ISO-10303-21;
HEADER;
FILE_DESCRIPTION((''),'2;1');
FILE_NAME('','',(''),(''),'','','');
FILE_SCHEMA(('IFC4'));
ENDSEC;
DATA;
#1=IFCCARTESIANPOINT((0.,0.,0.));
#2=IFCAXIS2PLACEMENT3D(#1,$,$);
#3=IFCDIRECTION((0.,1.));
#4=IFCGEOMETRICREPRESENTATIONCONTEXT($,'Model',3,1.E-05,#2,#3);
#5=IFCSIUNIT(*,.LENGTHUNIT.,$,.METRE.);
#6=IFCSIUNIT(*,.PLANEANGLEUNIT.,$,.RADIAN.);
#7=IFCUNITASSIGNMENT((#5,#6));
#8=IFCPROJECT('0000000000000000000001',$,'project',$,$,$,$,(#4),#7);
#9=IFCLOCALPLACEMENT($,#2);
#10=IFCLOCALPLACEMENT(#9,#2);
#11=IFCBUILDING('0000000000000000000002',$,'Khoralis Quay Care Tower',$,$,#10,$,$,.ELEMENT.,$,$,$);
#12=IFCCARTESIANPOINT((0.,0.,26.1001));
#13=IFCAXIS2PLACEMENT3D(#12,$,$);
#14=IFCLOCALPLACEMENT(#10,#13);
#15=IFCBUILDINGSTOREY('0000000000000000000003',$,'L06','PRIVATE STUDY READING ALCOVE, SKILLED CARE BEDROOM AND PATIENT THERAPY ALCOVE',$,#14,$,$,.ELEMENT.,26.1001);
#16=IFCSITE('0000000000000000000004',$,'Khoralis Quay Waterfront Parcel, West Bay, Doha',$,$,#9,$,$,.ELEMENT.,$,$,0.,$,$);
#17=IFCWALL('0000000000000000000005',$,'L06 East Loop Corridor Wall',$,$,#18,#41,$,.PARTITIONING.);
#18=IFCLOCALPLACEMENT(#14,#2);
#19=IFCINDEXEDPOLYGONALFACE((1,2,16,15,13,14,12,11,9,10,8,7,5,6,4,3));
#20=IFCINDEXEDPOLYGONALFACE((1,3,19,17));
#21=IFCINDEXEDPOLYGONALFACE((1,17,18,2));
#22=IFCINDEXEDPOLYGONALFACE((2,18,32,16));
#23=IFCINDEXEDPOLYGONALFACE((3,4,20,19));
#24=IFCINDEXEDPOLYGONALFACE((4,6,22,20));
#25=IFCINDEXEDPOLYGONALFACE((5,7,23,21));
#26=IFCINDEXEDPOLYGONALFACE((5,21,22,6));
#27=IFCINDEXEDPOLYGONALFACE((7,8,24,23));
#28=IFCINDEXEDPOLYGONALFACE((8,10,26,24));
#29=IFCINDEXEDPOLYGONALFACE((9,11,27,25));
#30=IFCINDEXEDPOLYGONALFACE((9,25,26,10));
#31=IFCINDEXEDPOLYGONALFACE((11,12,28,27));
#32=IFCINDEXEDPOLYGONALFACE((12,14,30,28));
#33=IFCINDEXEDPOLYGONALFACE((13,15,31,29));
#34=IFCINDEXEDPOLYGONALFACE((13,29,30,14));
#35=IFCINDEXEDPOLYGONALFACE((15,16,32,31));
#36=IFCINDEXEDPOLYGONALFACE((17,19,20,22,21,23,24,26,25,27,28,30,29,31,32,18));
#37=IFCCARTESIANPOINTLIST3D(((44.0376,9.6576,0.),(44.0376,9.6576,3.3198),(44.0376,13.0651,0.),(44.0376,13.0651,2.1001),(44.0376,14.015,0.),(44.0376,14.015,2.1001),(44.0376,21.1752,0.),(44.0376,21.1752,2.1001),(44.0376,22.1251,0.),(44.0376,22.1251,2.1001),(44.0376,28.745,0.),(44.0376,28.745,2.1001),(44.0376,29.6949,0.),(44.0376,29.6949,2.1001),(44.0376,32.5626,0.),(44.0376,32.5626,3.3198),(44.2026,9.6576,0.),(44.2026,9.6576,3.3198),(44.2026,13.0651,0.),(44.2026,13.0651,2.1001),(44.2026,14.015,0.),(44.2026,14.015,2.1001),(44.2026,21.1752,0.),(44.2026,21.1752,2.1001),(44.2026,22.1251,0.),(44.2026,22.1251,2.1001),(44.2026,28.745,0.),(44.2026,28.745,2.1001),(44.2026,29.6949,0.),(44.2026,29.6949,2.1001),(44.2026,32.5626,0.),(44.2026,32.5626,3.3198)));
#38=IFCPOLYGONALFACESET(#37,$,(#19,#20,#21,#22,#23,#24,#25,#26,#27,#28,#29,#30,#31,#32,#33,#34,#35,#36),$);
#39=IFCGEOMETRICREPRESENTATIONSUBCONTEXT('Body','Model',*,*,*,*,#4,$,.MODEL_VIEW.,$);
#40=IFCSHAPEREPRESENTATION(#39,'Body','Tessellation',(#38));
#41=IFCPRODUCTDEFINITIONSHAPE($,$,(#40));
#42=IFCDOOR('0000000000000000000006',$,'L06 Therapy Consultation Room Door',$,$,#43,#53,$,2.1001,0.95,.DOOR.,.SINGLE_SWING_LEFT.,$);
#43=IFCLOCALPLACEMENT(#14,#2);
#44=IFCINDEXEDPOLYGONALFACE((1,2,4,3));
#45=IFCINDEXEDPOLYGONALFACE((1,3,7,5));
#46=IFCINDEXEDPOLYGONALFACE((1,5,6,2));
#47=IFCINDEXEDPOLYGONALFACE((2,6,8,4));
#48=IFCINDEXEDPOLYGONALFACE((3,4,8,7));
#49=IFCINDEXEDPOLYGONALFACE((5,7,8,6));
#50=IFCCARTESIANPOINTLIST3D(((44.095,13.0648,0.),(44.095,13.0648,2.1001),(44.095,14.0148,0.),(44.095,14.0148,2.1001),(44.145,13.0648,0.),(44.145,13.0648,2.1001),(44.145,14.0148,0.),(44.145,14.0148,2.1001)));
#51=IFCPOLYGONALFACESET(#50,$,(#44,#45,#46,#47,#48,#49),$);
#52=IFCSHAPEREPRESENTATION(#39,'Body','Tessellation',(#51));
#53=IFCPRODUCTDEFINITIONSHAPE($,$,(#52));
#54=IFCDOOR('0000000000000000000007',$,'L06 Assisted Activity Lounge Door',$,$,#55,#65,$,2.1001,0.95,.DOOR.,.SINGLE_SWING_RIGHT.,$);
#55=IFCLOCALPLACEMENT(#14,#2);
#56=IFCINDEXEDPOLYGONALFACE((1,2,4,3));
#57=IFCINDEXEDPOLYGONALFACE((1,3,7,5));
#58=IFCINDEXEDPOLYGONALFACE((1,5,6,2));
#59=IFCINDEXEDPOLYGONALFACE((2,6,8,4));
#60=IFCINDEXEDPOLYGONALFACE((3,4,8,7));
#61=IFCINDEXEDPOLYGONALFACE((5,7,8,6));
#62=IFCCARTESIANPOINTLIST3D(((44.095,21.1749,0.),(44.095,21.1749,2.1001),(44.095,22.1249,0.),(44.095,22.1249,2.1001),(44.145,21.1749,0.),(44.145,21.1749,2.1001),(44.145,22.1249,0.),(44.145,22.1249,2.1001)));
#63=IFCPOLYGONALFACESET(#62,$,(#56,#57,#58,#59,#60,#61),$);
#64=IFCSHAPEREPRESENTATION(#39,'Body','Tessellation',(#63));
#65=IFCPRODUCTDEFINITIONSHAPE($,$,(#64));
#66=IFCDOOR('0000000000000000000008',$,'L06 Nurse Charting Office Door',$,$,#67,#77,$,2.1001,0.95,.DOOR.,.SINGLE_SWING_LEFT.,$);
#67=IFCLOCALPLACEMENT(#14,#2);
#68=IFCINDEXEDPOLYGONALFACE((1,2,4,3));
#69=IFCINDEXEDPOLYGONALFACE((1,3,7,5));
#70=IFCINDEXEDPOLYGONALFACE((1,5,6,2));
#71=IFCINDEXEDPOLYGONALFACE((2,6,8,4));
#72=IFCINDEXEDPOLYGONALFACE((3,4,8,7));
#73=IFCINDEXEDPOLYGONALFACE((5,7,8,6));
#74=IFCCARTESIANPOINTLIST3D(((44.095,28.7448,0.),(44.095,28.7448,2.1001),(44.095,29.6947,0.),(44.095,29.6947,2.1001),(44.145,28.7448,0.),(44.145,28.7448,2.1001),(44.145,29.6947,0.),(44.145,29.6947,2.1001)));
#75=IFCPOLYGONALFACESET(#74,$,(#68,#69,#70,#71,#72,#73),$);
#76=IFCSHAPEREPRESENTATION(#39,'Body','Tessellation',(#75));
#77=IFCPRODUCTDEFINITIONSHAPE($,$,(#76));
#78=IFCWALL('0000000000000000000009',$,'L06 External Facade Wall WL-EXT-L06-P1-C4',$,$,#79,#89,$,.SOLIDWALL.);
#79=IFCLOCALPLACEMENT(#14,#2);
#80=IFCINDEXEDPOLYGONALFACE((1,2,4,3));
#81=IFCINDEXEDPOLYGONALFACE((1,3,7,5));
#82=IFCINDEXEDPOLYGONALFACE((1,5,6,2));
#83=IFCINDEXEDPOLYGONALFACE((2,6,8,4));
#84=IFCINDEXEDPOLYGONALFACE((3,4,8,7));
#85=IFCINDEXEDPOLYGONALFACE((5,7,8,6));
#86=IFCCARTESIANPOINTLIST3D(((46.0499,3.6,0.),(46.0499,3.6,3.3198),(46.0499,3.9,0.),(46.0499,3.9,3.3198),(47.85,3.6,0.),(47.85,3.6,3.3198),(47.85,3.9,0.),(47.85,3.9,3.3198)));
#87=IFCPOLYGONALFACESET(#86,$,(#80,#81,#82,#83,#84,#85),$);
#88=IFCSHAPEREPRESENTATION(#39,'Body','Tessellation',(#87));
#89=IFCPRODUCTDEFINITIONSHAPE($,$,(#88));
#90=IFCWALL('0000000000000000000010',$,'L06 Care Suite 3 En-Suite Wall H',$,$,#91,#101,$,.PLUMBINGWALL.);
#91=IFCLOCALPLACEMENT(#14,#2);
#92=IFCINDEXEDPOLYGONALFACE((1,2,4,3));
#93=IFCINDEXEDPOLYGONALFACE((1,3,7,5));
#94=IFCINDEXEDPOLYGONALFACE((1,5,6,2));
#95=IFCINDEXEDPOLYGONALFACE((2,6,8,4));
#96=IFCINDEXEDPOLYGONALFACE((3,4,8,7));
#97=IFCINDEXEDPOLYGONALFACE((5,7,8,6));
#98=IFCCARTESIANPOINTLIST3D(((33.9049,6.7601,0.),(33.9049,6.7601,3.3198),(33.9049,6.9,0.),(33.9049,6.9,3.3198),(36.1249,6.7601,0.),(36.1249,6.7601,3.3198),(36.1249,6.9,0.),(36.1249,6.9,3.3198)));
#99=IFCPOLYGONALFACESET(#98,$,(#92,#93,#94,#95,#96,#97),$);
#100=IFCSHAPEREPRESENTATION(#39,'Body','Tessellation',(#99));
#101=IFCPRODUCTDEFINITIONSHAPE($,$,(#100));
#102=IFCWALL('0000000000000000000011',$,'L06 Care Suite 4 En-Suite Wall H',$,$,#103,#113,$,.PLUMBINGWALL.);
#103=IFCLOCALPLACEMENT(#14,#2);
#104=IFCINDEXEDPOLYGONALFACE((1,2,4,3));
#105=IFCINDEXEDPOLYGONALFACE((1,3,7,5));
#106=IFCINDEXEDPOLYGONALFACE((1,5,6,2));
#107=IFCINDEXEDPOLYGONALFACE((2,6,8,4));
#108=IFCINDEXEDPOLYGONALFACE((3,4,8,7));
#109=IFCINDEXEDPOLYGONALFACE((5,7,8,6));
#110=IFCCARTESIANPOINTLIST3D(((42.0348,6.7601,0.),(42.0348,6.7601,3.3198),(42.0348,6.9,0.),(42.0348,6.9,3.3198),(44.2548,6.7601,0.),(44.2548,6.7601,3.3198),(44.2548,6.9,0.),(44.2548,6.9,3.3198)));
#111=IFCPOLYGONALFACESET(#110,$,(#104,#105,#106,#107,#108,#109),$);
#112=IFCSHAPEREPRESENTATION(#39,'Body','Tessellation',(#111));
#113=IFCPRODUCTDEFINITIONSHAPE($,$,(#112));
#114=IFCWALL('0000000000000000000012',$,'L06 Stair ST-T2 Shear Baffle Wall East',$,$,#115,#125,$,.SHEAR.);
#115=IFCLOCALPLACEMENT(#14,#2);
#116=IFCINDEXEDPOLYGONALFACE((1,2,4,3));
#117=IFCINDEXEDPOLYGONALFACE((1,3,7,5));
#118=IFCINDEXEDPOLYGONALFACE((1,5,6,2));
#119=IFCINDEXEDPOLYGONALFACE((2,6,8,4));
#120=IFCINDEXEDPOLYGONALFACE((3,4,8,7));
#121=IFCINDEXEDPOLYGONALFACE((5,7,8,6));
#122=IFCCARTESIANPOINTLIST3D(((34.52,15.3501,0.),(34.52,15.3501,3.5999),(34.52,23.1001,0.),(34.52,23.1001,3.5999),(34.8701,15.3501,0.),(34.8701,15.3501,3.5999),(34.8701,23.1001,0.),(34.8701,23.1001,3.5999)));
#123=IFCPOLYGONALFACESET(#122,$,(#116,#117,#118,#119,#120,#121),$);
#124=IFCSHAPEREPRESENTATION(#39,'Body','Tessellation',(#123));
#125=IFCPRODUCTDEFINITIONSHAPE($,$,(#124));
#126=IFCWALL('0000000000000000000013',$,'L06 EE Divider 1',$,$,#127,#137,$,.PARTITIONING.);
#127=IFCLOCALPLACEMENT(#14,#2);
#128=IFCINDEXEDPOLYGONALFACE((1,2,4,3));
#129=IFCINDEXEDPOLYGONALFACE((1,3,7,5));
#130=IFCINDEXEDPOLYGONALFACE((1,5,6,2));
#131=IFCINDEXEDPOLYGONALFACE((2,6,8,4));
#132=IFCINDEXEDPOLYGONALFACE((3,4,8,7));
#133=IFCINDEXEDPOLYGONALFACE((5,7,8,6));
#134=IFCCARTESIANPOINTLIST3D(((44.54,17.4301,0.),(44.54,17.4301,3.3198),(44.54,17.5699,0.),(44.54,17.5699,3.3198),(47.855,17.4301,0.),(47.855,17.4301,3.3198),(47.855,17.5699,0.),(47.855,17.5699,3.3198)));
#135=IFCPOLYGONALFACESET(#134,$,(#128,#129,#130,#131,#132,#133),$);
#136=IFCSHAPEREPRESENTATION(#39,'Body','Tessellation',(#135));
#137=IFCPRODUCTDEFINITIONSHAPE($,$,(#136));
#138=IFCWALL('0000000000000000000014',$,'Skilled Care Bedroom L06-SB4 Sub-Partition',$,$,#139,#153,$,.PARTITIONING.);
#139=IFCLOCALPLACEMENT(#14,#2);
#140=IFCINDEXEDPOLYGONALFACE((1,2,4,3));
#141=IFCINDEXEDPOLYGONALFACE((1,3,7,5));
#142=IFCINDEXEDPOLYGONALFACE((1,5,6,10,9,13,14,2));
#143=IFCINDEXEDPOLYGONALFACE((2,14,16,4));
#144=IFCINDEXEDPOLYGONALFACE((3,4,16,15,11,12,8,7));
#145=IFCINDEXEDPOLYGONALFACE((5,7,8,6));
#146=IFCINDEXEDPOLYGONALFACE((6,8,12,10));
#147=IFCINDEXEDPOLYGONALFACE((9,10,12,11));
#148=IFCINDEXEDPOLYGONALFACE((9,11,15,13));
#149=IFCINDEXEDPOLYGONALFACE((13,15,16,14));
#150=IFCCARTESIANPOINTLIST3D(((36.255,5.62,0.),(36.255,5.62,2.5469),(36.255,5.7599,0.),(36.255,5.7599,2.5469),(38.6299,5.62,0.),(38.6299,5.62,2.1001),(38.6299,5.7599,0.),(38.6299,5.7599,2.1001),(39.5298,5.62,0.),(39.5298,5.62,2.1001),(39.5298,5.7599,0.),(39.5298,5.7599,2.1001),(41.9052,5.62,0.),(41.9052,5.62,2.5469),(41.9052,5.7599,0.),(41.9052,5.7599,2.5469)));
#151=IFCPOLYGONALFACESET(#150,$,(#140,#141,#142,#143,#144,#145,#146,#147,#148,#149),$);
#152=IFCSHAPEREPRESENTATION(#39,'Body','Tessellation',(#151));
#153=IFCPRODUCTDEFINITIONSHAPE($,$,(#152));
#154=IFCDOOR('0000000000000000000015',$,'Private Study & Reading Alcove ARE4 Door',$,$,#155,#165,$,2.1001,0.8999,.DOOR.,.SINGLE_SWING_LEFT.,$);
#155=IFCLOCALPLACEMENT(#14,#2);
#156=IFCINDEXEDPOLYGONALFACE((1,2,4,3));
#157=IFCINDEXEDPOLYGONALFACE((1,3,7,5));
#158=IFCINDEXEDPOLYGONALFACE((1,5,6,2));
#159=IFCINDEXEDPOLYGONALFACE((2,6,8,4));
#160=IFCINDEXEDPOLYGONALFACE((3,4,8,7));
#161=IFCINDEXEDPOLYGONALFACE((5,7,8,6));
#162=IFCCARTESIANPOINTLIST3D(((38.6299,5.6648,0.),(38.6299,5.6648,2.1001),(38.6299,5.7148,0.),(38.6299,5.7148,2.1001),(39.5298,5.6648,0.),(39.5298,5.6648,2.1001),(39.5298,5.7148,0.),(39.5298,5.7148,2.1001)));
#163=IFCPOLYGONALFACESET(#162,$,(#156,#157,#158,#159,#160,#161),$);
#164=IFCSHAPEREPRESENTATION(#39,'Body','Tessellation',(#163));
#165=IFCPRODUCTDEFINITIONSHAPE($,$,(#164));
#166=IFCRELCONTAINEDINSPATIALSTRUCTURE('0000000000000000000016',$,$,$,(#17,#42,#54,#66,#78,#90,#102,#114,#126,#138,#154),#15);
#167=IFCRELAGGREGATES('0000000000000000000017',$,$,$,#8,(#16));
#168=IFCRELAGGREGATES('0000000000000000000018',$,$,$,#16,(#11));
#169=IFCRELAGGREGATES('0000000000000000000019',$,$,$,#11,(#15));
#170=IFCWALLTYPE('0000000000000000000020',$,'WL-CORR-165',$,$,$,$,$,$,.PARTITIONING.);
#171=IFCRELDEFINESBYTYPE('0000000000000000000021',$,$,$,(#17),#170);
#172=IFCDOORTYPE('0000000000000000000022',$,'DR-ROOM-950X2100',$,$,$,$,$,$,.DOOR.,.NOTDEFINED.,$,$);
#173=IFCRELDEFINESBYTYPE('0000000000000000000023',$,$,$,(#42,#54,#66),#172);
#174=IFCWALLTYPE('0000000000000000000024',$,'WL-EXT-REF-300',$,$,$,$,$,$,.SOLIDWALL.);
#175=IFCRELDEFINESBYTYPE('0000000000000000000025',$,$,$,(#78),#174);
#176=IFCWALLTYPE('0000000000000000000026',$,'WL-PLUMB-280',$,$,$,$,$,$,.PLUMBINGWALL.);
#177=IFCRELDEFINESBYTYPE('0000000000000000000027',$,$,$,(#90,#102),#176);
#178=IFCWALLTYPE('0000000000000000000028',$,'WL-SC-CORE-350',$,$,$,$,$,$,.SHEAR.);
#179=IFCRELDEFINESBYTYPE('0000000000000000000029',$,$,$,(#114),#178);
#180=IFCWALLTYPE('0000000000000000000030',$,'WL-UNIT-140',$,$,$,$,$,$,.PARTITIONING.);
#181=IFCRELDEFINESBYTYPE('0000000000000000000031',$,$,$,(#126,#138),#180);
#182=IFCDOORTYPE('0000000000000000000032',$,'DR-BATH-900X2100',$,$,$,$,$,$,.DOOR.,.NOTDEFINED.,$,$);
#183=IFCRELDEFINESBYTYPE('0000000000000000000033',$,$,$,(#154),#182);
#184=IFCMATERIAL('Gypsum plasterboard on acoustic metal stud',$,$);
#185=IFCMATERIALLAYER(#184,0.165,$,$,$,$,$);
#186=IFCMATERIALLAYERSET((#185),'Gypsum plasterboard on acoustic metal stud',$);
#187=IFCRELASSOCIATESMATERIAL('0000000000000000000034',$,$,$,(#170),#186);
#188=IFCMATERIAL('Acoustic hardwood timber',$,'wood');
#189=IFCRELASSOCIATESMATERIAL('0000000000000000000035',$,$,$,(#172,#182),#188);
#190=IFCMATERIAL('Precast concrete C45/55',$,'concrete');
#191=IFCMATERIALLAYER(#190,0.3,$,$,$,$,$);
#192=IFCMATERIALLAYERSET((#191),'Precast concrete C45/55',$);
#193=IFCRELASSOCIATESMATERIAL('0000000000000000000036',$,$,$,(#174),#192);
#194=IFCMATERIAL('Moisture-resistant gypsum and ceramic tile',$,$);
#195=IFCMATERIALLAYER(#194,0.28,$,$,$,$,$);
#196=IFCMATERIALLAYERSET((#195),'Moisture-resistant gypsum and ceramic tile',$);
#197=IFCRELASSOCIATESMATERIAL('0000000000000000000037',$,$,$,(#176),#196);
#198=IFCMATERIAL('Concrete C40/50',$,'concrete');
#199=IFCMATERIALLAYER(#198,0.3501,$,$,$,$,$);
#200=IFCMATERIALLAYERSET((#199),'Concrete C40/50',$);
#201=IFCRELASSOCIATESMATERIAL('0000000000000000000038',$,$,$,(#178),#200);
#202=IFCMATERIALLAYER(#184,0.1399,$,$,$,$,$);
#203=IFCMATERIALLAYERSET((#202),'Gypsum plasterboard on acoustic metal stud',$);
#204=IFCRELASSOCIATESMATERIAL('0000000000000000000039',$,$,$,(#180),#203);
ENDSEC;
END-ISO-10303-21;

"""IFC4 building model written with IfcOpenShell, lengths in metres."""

from ifc_helpers import new_model, si_unit, direction, frame, frame_2d, origin, place, context, subcontext, project, spatial, rectangle, extrude, source, transform, mapped, material, layer, layer_set, type_object, element, fill, save


model = new_model("IFC4")

# Units and contexts
model_context = context("Model", 3, precision=1e-05, world=origin(), true_north=direction((0.0, 1.0)))
body_context = subcontext(model_context, "Body", "Model", "MODEL_VIEW")
ifc_project = project(units=[si_unit("LENGTHUNIT", "METRE"), si_unit("PLANEANGLEUNIT", "RADIAN")], contexts=[model_context])

# Site, building, storey
site_placement = place(None, origin())
site = spatial("IfcSite", under=ifc_project, at=site_placement, Name="Khoralis Quay Waterfront Parcel, West Bay, Doha", CompositionType="ELEMENT", RefElevation=0.0)
building_placement = place(site_placement, origin())
building = spatial("IfcBuilding", under=site, at=building_placement, Name="Khoralis Quay Care Tower", CompositionType="ELEMENT")
storey_placement = place(building_placement, frame((0.0, 0.0, 26.1001)))
storey = spatial("IfcBuildingStorey", under=building, at=storey_placement, Name="L06", Description="PRIVATE STUDY READING ALCOVE, SKILLED CARE BEDROOM AND PATIENT THERAPY ALCOVE", CompositionType="ELEMENT", Elevation=26.1001)

# Shared definitions
ifc_material_1 = material(Name="Gypsum plasterboard on acoustic metal stud")

# Wall, openings, doors
ifc_layer_1 = layer(ifc_material_1, 0.165)
ifc_layer_set_1 = layer_set([ifc_layer_1], Name="Gypsum plasterboard on acoustic metal stud")
wall_type_1 = type_object("IfcWallType", Name="WL-CORR-165", PredefinedType="PARTITIONING", material=ifc_layer_set_1)
wall_1_placement = place(storey_placement, frame((44.1201, 9.6575, 0.0), z_axis=(0.0, 0.0, 1.0), x_axis=(0.0, 1.0, 0.0)))
wall_1 = element("IfcWall", 1, at=wall_1_placement, inside=storey, type_object=wall_type_1, Name="L06 East Loop Corridor Wall", PredefinedType="PARTITIONING", context=body_context, shape_type="SweptSolid", body=[
    extrude(rectangle(XDim=22.905, YDim=0.165, at=frame_2d((11.4526, 0.0))), origin(), (0.0, 0.0, 1.0), 3.3198),
])
opening_1_placement = place(wall_1_placement, frame((3.4075, 0.0, 0.0)))
opening_1 = element("IfcOpeningElement", 2, at=opening_1_placement, cuts=wall_1, PredefinedType="OPENING", context=body_context, shape_type="SweptSolid", body=[
    extrude(rectangle(XDim=0.95, YDim=2.1001, at=frame_2d((0.4751, 1.05))), frame((0.0, 0.0925, 0.0), z_axis=(0.0, -1.0, 0.0), x_axis=(1.0, 0.0, 0.0)), (0.0, 0.0, 1.0), 0.1851),
])
opening_2_placement = place(wall_1_placement, frame((11.5176, 0.0, 0.0)))
opening_2 = element("IfcOpeningElement", 3, at=opening_2_placement, cuts=wall_1, PredefinedType="OPENING", context=body_context, shape_type="SweptSolid", body=[
    extrude(rectangle(XDim=0.95, YDim=2.1001, at=frame_2d((0.4751, 1.05))), frame((0.0, 0.0925, 0.0), z_axis=(0.0, -1.0, 0.0), x_axis=(1.0, 0.0, 0.0)), (0.0, 0.0, 1.0), 0.1851),
])
opening_3_placement = place(wall_1_placement, frame((19.0874, 0.0, 0.0)))
opening_3 = element("IfcOpeningElement", 4, at=opening_3_placement, cuts=wall_1, PredefinedType="OPENING", context=body_context, shape_type="SweptSolid", body=[
    extrude(rectangle(XDim=0.95, YDim=2.1001, at=frame_2d((0.4751, 1.05))), frame((0.0, 0.0925, 0.0), z_axis=(0.0, -1.0, 0.0), x_axis=(1.0, 0.0, 0.0)), (0.0, 0.0, 1.0), 0.1851),
])
ifc_material_2 = material(Name="Acoustic hardwood timber", Category="wood")
door_type_1 = type_object("IfcDoorType", Name="DR-ROOM-950X2100", OperationType="NOTDEFINED", PredefinedType="DOOR", material=ifc_material_2)
shared_shape_1 = source(origin(), body_context, "Body", "SweptSolid", [
    extrude(rectangle(XDim=0.95, YDim=2.1001, at=frame_2d((0.4751, 1.05))), frame((0.0, 0.0249, 0.0), z_axis=(0.0, -1.0, 0.0), x_axis=(1.0, 0.0, 0.0)), (0.0, 0.0, 1.0), 0.05),
])
door_1_placement = place(opening_1_placement, frame((0.95, 0.0, 0.0), z_axis=(0.0, 0.0, 1.0), x_axis=(-1.0, 0.0, 0.0)))
door_1 = element("IfcDoor", 5, at=door_1_placement, inside=storey, type_object=door_type_1, Name="L06 Therapy Consultation Room Door", OperationType="SINGLE_SWING_LEFT", OverallHeight=2.1001, OverallWidth=0.95, PredefinedType="DOOR", context=body_context, shape_type="MappedRepresentation", body=[
    mapped(shared_shape_1, transform((0.0, 0.0, 0.0), scale=1.0)),
])
fill(opening_1, door_1)
door_2_placement = place(opening_2_placement, frame((0.95, 0.0, 0.0), z_axis=(0.0, 0.0, 1.0), x_axis=(-1.0, 0.0, 0.0)))
door_2 = element("IfcDoor", 6, at=door_2_placement, inside=storey, type_object=door_type_1, Name="L06 Assisted Activity Lounge Door", OperationType="SINGLE_SWING_RIGHT", OverallHeight=2.1001, OverallWidth=0.95, PredefinedType="DOOR", context=body_context, shape_type="MappedRepresentation", body=[
    mapped(shared_shape_1, transform((0.0, 0.0, 0.0), scale=1.0)),
])
fill(opening_2, door_2)
door_3_placement = place(opening_3_placement, frame((0.95, 0.0, 0.0), z_axis=(0.0, 0.0, 1.0), x_axis=(-1.0, 0.0, 0.0)))
door_3 = element("IfcDoor", 7, at=door_3_placement, inside=storey, type_object=door_type_1, Name="L06 Nurse Charting Office Door", OperationType="SINGLE_SWING_LEFT", OverallHeight=2.1001, OverallWidth=0.95, PredefinedType="DOOR", context=body_context, shape_type="MappedRepresentation", body=[
    mapped(shared_shape_1, transform((0.0, 0.0, 0.0), scale=1.0)),
])
fill(opening_3, door_3)

# Walls
ifc_material_3 = material(Name="Precast concrete C45/55", Category="concrete")
ifc_layer_2 = layer(ifc_material_3, 0.3)
ifc_layer_set_2 = layer_set([ifc_layer_2], Name="Precast concrete C45/55")
wall_type_2 = type_object("IfcWallType", Name="WL-EXT-REF-300", PredefinedType="SOLIDWALL", material=ifc_layer_set_2)
wall_2_placement = place(storey_placement, frame((46.05, 3.75, 0.0), z_axis=(0.0, 0.0, 1.0), x_axis=(1.0, 0.0, 0.0)))
element("IfcWall", 8, at=wall_2_placement, inside=storey, type_object=wall_type_2, Name="L06 External Facade Wall WL-EXT-L06-P1-C4", PredefinedType="SOLIDWALL", context=body_context, shape_type="SweptSolid", body=[
    extrude(rectangle(XDim=1.8, YDim=0.3, at=frame_2d((0.8999, 0.0))), origin(), (0.0, 0.0, 1.0), 3.3198),
])
ifc_material_4 = material(Name="Moisture-resistant gypsum and ceramic tile")
ifc_layer_3 = layer(ifc_material_4, 0.28)
ifc_layer_set_3 = layer_set([ifc_layer_3], Name="Moisture-resistant gypsum and ceramic tile")
wall_type_3 = type_object("IfcWallType", Name="WL-PLUMB-280", PredefinedType="PLUMBINGWALL", material=ifc_layer_set_3)
for number, where, z_axis, x_axis, name in (
    (9, (33.905, 6.8301, 0.0), (0.0, 0.0, 1.0), (1.0, 0.0, 0.0), "L06 Care Suite 3 En-Suite Wall H"),
    (10, (42.0349, 6.8301, 0.0), (0.0, 0.0, 1.0), (1.0, 0.0, 0.0), "L06 Care Suite 4 En-Suite Wall H"),
):
    element("IfcWall", number, at=place(storey_placement, frame(where, z_axis=z_axis, x_axis=x_axis)), inside=storey, type_object=wall_type_3, Name=name, PredefinedType="PLUMBINGWALL", context=body_context, shape_type="SweptSolid", body=[
        extrude(rectangle(XDim=2.22, YDim=0.1399, at=frame_2d((1.1099, 0.0))), origin(), (0.0, 0.0, 1.0), 3.3198),
    ])
ifc_material_5 = material(Name="Concrete C40/50", Category="concrete")
ifc_layer_4 = layer(ifc_material_5, 0.3501)
ifc_layer_set_4 = layer_set([ifc_layer_4], Name="Concrete C40/50")
wall_type_4 = type_object("IfcWallType", Name="WL-SC-CORE-350", PredefinedType="SHEAR", material=ifc_layer_set_4)
wall_3_placement = place(storey_placement, frame((34.6951, 15.3501, 0.0), z_axis=(0.0, 0.0, 1.0), x_axis=(0.0, 1.0, 0.0)))
element("IfcWall", 11, at=wall_3_placement, inside=storey, type_object=wall_type_4, Name="L06 Stair ST-T2 Shear Baffle Wall East", PredefinedType="SHEAR", context=body_context, shape_type="SweptSolid", body=[
    extrude(rectangle(XDim=7.75, YDim=0.3501, at=frame_2d((3.875, 0.0))), origin(), (0.0, 0.0, 1.0), 3.5999),
])
ifc_layer_5 = layer(ifc_material_1, 0.1399)
ifc_layer_set_5 = layer_set([ifc_layer_5], Name="Gypsum plasterboard on acoustic metal stud")
wall_type_5 = type_object("IfcWallType", Name="WL-UNIT-140", PredefinedType="PARTITIONING", material=ifc_layer_set_5)
wall_4_placement = place(storey_placement, frame((44.54, 17.5, 0.0), z_axis=(0.0, 0.0, 1.0), x_axis=(1.0, 0.0, 0.0)))
element("IfcWall", 12, at=wall_4_placement, inside=storey, type_object=wall_type_5, Name="L06 EE Divider 1", PredefinedType="PARTITIONING", context=body_context, shape_type="SweptSolid", body=[
    extrude(rectangle(XDim=3.3149, YDim=0.1399, at=frame_2d((1.6575, 0.0))), origin(), (0.0, 0.0, 1.0), 3.3198),
])

# Wall, opening, door
wall_5_placement = place(storey_placement, frame((36.2549, 5.6899, 0.0), z_axis=(0.0, 0.0, 1.0), x_axis=(1.0, 0.0, 0.0)))
wall_5 = element("IfcWall", 13, at=wall_5_placement, inside=storey, type_object=wall_type_5, Name="Skilled Care Bedroom L06-SB4 Sub-Partition", PredefinedType="PARTITIONING", context=body_context, shape_type="SweptSolid", body=[
    extrude(rectangle(XDim=5.6501, YDim=0.1399, at=frame_2d((2.8252, 0.0))), origin(), (0.0, 0.0, 1.0), 2.5469),
])
opening_4_placement = place(wall_5_placement, frame((2.375, 0.0, 0.0)))
opening_4 = element("IfcOpeningElement", 14, at=opening_4_placement, cuts=wall_5, PredefinedType="OPENING", context=body_context, shape_type="SweptSolid", body=[
    extrude(rectangle(XDim=0.8999, YDim=2.1001, at=frame_2d((0.45, 1.05))), frame((0.0, 0.0801, 0.0), z_axis=(0.0, -1.0, 0.0), x_axis=(1.0, 0.0, 0.0)), (0.0, 0.0, 1.0), 0.1599),
])
door_type_2 = type_object("IfcDoorType", Name="DR-BATH-900X2100", OperationType="NOTDEFINED", PredefinedType="DOOR", material=ifc_material_2)
shared_shape_2 = source(origin(), body_context, "Body", "SweptSolid", [
    extrude(rectangle(XDim=0.8999, YDim=2.1001, at=frame_2d((0.45, 1.05))), frame((0.0, 0.0249, 0.0), z_axis=(0.0, -1.0, 0.0), x_axis=(1.0, 0.0, 0.0)), (0.0, 0.0, 1.0), 0.05),
])
door_4_placement = place(opening_4_placement, origin())
door_4 = element("IfcDoor", 15, at=door_4_placement, inside=storey, type_object=door_type_2, Name="Private Study & Reading Alcove ARE4 Door", OperationType="SINGLE_SWING_LEFT", OverallHeight=2.1001, OverallWidth=0.8999, PredefinedType="DOOR", context=body_context, shape_type="MappedRepresentation", body=[
    mapped(shared_shape_2, transform((0.0, 0.0, 0.0), scale=1.0)),
])
fill(opening_4, door_4)

save(model, "model.ifc")
